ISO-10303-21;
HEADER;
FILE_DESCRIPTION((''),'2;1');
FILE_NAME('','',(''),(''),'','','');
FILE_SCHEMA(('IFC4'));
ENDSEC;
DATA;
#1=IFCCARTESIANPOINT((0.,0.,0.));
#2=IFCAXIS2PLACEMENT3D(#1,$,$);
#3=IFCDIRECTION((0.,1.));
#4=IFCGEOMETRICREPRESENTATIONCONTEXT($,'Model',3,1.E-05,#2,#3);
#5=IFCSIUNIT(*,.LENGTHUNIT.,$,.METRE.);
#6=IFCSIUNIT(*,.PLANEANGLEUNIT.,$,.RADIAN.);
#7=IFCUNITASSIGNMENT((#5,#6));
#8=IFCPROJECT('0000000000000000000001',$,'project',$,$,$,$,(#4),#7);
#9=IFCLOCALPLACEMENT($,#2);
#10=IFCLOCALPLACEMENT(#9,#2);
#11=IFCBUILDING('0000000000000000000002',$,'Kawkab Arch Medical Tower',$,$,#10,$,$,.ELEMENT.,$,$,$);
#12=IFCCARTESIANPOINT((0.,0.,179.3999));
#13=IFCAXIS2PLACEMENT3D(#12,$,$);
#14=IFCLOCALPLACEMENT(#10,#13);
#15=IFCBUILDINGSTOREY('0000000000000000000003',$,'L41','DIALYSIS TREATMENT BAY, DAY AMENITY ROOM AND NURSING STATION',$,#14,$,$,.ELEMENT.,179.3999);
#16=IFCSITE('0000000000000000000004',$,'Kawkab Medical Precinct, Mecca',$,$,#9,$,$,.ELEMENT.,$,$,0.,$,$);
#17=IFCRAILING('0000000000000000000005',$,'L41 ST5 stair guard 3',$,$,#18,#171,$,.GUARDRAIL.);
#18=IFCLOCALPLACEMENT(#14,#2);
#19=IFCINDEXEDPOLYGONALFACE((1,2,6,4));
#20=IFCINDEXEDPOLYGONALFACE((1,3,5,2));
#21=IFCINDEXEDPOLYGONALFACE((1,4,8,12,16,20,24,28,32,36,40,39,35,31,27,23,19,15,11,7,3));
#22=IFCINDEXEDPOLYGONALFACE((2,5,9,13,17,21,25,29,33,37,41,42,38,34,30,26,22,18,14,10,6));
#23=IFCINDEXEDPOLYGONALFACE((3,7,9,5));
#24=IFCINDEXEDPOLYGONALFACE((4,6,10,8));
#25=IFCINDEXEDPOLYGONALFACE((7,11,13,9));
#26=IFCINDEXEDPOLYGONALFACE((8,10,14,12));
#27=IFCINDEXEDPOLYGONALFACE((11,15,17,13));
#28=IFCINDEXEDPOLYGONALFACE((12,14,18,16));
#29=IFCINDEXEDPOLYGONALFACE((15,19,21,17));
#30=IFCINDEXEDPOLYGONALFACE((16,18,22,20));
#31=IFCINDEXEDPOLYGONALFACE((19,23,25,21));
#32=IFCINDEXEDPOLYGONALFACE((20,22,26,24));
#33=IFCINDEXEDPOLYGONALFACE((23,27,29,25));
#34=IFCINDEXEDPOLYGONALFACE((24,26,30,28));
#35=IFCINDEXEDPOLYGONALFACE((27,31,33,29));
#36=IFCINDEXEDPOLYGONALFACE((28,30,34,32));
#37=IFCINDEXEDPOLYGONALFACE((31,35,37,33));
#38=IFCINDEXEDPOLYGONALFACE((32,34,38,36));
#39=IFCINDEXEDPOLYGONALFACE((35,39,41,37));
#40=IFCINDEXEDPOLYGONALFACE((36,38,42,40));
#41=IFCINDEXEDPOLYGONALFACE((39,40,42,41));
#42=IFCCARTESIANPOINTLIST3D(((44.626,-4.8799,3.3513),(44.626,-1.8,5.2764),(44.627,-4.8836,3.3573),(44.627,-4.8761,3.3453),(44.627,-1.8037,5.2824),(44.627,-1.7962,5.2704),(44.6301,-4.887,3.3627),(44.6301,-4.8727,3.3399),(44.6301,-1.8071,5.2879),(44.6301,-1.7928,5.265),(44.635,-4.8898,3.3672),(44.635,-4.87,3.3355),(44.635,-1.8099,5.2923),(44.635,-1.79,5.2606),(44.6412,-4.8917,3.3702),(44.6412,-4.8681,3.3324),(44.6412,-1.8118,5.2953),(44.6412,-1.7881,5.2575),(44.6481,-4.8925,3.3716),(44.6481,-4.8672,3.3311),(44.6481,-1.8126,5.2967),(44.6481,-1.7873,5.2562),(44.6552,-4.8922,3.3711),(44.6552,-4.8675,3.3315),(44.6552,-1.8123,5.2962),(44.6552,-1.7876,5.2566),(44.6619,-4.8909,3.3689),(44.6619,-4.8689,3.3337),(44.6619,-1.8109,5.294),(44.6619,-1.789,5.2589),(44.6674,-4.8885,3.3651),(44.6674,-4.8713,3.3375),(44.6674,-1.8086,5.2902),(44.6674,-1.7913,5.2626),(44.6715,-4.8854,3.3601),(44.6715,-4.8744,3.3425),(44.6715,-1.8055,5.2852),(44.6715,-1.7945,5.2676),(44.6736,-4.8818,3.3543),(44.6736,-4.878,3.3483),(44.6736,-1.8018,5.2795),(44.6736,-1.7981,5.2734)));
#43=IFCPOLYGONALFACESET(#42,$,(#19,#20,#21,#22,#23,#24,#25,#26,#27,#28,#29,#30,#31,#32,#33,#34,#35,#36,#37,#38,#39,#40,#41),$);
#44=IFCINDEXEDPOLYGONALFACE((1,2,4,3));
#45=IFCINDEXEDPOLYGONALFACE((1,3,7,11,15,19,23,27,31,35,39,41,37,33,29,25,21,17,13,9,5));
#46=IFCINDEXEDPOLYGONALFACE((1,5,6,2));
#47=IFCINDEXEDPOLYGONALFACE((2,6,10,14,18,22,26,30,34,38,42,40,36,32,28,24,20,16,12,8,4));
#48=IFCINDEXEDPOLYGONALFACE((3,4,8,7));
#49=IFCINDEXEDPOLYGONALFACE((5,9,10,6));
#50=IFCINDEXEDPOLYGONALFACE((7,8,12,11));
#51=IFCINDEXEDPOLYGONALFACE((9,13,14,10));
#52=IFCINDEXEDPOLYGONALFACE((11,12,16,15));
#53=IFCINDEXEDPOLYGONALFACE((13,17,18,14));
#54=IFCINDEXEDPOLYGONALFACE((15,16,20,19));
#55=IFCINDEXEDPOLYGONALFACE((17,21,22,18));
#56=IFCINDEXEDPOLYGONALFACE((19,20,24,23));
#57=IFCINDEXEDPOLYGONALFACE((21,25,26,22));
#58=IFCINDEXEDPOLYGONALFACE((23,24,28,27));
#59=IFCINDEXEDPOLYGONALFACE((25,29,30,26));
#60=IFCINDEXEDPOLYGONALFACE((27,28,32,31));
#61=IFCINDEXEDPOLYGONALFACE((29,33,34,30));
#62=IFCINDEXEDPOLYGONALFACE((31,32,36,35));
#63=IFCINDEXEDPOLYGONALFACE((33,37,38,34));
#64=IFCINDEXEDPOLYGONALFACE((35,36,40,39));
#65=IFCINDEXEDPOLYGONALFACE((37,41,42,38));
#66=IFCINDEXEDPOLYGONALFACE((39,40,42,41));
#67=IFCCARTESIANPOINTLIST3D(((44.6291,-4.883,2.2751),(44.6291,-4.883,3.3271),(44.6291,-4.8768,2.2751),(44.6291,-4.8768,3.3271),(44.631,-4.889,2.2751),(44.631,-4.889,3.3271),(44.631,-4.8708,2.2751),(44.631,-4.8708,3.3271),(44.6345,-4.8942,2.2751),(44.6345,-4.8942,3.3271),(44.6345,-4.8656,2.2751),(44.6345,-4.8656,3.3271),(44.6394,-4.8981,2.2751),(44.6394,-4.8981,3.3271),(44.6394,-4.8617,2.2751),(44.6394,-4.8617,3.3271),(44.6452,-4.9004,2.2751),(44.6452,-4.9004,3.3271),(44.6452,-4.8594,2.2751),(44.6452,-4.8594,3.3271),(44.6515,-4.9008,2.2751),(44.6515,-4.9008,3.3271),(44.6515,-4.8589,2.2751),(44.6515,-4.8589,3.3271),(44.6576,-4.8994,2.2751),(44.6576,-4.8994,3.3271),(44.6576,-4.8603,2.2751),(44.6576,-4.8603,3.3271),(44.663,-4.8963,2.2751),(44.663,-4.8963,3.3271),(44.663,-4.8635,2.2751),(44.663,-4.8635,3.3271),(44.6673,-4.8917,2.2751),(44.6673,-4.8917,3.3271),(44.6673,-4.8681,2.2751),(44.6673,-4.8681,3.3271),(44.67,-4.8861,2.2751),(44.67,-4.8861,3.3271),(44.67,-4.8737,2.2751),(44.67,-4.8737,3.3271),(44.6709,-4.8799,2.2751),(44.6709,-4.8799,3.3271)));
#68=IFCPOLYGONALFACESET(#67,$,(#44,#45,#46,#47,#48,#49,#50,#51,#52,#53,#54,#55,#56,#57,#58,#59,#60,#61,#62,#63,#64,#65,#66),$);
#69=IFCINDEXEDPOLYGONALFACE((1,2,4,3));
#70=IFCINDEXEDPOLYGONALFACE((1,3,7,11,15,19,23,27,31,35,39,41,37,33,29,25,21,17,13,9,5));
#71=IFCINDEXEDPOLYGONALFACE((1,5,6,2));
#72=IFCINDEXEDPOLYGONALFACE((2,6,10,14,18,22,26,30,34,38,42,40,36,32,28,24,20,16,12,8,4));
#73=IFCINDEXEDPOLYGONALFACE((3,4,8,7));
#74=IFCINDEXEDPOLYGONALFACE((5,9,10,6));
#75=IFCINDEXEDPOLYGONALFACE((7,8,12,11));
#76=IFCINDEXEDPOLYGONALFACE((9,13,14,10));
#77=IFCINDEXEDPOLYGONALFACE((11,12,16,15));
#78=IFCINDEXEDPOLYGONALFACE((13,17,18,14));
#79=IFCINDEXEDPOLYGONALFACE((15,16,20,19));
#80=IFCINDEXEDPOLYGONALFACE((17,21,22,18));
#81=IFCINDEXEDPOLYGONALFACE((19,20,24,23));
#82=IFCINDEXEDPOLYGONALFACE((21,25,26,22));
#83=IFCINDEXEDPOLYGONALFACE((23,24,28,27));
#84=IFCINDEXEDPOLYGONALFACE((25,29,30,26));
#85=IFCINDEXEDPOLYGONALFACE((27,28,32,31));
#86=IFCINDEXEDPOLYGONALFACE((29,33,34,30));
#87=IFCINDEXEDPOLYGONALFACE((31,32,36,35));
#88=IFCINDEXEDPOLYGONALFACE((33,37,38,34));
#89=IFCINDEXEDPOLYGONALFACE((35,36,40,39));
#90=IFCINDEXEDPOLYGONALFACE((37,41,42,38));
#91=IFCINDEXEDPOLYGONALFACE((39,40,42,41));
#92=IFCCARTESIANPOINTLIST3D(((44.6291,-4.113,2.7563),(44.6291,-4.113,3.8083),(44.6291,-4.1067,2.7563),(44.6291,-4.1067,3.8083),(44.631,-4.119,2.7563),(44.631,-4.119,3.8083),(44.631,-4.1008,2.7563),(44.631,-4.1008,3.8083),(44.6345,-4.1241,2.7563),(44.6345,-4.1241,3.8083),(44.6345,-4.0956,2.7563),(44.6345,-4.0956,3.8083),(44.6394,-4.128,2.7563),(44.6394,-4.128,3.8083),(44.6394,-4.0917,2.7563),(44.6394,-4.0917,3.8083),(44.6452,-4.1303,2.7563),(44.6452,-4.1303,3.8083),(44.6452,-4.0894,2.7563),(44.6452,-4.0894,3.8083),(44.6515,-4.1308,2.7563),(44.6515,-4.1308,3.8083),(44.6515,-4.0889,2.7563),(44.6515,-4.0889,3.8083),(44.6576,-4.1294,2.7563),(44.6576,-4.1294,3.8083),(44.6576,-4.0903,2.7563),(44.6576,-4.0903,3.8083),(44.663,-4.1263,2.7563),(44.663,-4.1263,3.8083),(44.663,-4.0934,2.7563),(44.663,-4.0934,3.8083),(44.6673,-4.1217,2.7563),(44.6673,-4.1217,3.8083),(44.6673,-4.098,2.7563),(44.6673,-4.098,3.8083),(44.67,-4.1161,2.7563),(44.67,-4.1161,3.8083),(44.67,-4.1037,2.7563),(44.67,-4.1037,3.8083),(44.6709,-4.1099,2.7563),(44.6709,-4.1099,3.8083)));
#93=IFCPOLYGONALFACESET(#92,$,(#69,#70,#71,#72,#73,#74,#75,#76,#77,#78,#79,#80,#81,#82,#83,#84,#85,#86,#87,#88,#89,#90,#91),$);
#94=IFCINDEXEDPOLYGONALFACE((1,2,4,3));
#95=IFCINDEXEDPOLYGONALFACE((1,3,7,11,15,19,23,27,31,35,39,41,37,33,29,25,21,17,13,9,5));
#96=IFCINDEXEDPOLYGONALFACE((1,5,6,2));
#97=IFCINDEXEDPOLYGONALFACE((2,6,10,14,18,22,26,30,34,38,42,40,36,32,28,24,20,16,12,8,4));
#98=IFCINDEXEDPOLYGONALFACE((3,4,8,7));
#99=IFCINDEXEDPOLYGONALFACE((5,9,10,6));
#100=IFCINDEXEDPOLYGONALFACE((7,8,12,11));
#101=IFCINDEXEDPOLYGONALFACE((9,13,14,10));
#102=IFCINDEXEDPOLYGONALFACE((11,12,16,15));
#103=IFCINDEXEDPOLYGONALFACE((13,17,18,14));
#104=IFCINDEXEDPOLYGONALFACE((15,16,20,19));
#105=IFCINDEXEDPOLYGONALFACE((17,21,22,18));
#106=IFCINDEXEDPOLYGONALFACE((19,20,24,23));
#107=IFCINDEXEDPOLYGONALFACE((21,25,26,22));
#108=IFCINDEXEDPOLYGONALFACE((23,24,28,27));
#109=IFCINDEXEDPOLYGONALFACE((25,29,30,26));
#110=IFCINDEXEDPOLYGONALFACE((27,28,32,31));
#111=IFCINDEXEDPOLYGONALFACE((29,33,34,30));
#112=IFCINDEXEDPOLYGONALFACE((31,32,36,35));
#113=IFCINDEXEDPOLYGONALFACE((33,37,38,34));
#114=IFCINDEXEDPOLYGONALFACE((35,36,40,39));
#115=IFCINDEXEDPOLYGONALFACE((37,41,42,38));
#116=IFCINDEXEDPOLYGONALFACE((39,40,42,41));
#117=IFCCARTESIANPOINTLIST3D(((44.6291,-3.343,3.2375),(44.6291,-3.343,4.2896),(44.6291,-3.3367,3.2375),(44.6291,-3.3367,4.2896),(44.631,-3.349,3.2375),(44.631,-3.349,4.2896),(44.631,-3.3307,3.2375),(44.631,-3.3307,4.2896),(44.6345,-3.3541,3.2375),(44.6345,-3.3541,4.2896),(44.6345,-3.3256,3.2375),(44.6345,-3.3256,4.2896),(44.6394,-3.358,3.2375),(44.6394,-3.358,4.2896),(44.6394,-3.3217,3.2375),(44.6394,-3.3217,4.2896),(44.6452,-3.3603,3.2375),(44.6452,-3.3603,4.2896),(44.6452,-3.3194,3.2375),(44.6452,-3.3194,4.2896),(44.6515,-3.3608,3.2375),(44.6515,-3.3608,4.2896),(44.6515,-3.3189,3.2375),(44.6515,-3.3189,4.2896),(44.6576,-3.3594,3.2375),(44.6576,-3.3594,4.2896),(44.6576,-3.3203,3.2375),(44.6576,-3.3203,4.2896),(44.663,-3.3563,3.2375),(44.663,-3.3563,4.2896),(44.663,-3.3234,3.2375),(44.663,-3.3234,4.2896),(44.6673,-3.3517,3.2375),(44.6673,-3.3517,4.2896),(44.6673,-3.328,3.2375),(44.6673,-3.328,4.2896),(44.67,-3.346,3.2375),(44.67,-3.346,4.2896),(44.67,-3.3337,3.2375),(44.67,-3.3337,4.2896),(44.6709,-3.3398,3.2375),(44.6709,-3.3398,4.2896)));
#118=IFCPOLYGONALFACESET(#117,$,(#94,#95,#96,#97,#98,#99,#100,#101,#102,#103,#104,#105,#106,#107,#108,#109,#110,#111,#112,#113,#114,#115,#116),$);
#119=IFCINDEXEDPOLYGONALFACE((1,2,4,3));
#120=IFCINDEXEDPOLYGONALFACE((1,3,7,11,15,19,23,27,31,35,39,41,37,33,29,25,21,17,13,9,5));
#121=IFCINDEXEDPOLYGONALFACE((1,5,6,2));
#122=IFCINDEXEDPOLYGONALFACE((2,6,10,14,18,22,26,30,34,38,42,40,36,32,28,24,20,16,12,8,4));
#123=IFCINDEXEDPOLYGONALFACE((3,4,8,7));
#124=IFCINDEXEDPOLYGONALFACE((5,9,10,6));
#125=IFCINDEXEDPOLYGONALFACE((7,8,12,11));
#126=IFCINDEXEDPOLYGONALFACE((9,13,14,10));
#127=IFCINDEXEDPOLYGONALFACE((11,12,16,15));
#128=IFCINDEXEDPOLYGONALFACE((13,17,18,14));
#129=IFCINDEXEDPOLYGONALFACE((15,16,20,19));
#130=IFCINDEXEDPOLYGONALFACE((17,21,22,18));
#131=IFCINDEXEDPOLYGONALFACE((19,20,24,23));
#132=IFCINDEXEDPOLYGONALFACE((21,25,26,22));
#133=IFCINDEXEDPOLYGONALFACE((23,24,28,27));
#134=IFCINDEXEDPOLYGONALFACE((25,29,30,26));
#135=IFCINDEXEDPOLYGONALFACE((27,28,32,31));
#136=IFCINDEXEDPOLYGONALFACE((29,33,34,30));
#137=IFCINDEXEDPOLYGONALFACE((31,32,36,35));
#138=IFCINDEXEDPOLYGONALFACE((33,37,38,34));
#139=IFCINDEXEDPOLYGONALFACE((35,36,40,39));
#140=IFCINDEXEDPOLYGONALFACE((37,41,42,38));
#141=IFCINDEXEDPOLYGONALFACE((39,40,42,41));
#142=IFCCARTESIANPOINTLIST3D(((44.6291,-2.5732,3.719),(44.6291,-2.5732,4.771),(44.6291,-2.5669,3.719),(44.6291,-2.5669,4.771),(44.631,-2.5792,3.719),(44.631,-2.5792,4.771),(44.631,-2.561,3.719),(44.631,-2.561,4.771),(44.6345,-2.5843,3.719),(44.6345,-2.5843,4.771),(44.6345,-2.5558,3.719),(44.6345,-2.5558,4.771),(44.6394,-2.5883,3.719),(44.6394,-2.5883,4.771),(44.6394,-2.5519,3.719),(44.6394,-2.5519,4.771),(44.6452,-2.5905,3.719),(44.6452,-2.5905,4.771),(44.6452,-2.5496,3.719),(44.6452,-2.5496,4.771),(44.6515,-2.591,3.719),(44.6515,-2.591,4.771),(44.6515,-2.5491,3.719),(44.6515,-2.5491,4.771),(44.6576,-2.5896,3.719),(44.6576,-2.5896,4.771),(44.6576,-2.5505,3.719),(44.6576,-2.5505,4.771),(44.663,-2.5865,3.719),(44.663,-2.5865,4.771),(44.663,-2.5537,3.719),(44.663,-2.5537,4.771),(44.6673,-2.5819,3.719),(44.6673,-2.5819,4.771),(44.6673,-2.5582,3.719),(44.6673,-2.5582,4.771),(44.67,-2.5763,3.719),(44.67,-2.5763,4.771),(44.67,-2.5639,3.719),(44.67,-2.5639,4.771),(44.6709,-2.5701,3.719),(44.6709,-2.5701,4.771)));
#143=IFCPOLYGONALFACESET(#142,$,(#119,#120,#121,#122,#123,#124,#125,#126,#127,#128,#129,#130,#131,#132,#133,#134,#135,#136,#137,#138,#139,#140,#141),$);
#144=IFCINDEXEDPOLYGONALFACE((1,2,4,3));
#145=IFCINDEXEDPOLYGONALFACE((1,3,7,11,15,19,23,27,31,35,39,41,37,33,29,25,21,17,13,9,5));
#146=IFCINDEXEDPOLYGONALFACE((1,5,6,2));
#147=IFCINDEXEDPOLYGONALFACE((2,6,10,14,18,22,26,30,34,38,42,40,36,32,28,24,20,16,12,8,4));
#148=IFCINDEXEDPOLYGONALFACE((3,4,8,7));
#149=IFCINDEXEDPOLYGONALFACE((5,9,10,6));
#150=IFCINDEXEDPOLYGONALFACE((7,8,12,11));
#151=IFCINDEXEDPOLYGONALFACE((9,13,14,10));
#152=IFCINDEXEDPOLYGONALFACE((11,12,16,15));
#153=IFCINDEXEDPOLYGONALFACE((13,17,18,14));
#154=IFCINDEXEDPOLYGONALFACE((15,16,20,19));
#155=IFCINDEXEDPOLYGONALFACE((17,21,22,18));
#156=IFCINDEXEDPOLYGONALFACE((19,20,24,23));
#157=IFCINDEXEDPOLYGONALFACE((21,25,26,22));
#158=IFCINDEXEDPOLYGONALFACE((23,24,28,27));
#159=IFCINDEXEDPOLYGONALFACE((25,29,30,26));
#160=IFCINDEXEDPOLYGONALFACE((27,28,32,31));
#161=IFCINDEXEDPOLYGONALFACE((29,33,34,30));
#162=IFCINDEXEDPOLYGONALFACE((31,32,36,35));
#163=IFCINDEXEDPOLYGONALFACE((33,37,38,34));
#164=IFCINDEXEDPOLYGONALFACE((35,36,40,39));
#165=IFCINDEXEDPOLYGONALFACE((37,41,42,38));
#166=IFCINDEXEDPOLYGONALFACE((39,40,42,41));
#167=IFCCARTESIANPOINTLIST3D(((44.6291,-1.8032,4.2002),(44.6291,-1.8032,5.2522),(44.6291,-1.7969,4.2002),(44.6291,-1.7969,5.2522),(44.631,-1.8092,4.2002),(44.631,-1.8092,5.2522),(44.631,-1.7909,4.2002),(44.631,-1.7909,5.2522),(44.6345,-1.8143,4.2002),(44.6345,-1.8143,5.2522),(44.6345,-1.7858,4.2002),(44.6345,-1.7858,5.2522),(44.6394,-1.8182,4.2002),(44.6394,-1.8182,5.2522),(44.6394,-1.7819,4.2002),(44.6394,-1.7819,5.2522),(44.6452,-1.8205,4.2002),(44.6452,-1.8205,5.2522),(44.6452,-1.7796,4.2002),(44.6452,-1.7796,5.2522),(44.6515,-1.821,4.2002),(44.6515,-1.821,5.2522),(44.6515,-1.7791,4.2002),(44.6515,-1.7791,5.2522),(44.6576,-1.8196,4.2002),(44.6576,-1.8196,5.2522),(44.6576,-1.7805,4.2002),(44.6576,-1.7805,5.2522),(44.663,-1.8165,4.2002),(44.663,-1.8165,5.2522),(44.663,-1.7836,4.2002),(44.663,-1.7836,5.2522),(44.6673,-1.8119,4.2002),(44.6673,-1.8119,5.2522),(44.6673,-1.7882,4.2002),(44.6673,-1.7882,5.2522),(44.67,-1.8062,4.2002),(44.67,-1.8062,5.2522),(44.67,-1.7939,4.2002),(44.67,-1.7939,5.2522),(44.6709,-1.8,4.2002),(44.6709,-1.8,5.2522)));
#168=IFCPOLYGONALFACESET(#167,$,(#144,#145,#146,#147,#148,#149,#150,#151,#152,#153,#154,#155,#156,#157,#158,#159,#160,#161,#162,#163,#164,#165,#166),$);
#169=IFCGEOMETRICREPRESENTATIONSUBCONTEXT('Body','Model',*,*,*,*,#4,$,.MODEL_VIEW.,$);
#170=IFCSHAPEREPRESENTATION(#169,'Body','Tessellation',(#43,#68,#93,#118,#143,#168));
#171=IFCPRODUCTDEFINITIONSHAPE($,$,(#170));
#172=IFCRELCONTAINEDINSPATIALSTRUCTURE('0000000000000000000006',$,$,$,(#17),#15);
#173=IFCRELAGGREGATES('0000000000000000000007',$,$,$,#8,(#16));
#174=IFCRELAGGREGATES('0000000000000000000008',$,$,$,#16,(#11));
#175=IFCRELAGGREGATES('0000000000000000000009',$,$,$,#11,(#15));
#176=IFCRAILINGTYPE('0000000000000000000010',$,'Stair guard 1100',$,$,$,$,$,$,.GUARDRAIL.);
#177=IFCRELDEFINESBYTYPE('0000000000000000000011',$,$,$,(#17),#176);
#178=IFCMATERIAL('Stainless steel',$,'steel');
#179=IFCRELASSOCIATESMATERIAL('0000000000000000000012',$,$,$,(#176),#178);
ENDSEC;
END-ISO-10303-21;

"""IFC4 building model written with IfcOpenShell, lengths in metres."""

from ifc_helpers import new_model, si_unit, direction, frame, origin, origin_2d, place, context, subcontext, project, spatial, circle, extrude, material, type_object, element, save


model = new_model("IFC4")

# Units and contexts
model_context = context("Model", 3, precision=1e-05, world=origin(), true_north=direction((0.0, 1.0)))
body_context = subcontext(model_context, "Body", "Model", "MODEL_VIEW")
ifc_project = project(units=[si_unit("LENGTHUNIT", "METRE"), si_unit("PLANEANGLEUNIT", "RADIAN")], contexts=[model_context])

# Site, building, storey
site_placement = place(None, origin())
site = spatial("IfcSite", under=ifc_project, at=site_placement, Name="Kawkab Medical Precinct, Mecca", CompositionType="ELEMENT", RefElevation=0.0)
building_placement = place(site_placement, origin())
building = spatial("IfcBuilding", under=site, at=building_placement, Name="Kawkab Arch Medical Tower", CompositionType="ELEMENT")
storey_placement = place(building_placement, frame((0.0, 0.0, 179.3999)))
storey = spatial("IfcBuildingStorey", under=building, at=storey_placement, Name="L41", Description="DIALYSIS TREATMENT BAY, DAY AMENITY ROOM AND NURSING STATION", CompositionType="ELEMENT", Elevation=179.3999)

# Railing
ifc_material_1 = material(Name="Stainless steel", Category="steel")
railing_type = type_object("IfcRailingType", Name="Stair guard 1100", PredefinedType="GUARDRAIL", material=ifc_material_1)
railing_1_placement = place(storey_placement, frame((44.6499, -4.8799, 2.2751)))
element("IfcRailing", 1, at=railing_1_placement, inside=storey, type_object=railing_type, Name="L41 ST5 stair guard 3", PredefinedType="GUARDRAIL", context=body_context, shape_type="SweptSolid", body=[
    extrude(circle(Radius=0.0239, at=origin_2d()), frame((0.0, 0.0, 1.0762), z_axis=(0.0, 0.847979, 0.530029), x_axis=(-1.0, 0.0, 0.0)), (0.0, 0.0, 1.0), 3.6321),
    extrude(circle(Radius=0.021, at=origin_2d()), origin(), (0.0, 0.0, 1.0), 1.052),
    extrude(circle(Radius=0.021, at=origin_2d()), frame((0.0, 0.77, 0.4812)), (0.0, 0.0, 1.0), 1.052),
    extrude(circle(Radius=0.021, at=origin_2d()), frame((0.0, 1.54, 0.9624)), (0.0, 0.0, 1.0), 1.052),
    extrude(circle(Radius=0.021, at=origin_2d()), frame((0.0, 2.3098, 1.4438)), (0.0, 0.0, 1.0), 1.052),
    extrude(circle(Radius=0.021, at=origin_2d()), frame((0.0, 3.0798, 1.925)), (0.0, 0.0, 1.0), 1.052),
])

save(model, "model.ifc")
